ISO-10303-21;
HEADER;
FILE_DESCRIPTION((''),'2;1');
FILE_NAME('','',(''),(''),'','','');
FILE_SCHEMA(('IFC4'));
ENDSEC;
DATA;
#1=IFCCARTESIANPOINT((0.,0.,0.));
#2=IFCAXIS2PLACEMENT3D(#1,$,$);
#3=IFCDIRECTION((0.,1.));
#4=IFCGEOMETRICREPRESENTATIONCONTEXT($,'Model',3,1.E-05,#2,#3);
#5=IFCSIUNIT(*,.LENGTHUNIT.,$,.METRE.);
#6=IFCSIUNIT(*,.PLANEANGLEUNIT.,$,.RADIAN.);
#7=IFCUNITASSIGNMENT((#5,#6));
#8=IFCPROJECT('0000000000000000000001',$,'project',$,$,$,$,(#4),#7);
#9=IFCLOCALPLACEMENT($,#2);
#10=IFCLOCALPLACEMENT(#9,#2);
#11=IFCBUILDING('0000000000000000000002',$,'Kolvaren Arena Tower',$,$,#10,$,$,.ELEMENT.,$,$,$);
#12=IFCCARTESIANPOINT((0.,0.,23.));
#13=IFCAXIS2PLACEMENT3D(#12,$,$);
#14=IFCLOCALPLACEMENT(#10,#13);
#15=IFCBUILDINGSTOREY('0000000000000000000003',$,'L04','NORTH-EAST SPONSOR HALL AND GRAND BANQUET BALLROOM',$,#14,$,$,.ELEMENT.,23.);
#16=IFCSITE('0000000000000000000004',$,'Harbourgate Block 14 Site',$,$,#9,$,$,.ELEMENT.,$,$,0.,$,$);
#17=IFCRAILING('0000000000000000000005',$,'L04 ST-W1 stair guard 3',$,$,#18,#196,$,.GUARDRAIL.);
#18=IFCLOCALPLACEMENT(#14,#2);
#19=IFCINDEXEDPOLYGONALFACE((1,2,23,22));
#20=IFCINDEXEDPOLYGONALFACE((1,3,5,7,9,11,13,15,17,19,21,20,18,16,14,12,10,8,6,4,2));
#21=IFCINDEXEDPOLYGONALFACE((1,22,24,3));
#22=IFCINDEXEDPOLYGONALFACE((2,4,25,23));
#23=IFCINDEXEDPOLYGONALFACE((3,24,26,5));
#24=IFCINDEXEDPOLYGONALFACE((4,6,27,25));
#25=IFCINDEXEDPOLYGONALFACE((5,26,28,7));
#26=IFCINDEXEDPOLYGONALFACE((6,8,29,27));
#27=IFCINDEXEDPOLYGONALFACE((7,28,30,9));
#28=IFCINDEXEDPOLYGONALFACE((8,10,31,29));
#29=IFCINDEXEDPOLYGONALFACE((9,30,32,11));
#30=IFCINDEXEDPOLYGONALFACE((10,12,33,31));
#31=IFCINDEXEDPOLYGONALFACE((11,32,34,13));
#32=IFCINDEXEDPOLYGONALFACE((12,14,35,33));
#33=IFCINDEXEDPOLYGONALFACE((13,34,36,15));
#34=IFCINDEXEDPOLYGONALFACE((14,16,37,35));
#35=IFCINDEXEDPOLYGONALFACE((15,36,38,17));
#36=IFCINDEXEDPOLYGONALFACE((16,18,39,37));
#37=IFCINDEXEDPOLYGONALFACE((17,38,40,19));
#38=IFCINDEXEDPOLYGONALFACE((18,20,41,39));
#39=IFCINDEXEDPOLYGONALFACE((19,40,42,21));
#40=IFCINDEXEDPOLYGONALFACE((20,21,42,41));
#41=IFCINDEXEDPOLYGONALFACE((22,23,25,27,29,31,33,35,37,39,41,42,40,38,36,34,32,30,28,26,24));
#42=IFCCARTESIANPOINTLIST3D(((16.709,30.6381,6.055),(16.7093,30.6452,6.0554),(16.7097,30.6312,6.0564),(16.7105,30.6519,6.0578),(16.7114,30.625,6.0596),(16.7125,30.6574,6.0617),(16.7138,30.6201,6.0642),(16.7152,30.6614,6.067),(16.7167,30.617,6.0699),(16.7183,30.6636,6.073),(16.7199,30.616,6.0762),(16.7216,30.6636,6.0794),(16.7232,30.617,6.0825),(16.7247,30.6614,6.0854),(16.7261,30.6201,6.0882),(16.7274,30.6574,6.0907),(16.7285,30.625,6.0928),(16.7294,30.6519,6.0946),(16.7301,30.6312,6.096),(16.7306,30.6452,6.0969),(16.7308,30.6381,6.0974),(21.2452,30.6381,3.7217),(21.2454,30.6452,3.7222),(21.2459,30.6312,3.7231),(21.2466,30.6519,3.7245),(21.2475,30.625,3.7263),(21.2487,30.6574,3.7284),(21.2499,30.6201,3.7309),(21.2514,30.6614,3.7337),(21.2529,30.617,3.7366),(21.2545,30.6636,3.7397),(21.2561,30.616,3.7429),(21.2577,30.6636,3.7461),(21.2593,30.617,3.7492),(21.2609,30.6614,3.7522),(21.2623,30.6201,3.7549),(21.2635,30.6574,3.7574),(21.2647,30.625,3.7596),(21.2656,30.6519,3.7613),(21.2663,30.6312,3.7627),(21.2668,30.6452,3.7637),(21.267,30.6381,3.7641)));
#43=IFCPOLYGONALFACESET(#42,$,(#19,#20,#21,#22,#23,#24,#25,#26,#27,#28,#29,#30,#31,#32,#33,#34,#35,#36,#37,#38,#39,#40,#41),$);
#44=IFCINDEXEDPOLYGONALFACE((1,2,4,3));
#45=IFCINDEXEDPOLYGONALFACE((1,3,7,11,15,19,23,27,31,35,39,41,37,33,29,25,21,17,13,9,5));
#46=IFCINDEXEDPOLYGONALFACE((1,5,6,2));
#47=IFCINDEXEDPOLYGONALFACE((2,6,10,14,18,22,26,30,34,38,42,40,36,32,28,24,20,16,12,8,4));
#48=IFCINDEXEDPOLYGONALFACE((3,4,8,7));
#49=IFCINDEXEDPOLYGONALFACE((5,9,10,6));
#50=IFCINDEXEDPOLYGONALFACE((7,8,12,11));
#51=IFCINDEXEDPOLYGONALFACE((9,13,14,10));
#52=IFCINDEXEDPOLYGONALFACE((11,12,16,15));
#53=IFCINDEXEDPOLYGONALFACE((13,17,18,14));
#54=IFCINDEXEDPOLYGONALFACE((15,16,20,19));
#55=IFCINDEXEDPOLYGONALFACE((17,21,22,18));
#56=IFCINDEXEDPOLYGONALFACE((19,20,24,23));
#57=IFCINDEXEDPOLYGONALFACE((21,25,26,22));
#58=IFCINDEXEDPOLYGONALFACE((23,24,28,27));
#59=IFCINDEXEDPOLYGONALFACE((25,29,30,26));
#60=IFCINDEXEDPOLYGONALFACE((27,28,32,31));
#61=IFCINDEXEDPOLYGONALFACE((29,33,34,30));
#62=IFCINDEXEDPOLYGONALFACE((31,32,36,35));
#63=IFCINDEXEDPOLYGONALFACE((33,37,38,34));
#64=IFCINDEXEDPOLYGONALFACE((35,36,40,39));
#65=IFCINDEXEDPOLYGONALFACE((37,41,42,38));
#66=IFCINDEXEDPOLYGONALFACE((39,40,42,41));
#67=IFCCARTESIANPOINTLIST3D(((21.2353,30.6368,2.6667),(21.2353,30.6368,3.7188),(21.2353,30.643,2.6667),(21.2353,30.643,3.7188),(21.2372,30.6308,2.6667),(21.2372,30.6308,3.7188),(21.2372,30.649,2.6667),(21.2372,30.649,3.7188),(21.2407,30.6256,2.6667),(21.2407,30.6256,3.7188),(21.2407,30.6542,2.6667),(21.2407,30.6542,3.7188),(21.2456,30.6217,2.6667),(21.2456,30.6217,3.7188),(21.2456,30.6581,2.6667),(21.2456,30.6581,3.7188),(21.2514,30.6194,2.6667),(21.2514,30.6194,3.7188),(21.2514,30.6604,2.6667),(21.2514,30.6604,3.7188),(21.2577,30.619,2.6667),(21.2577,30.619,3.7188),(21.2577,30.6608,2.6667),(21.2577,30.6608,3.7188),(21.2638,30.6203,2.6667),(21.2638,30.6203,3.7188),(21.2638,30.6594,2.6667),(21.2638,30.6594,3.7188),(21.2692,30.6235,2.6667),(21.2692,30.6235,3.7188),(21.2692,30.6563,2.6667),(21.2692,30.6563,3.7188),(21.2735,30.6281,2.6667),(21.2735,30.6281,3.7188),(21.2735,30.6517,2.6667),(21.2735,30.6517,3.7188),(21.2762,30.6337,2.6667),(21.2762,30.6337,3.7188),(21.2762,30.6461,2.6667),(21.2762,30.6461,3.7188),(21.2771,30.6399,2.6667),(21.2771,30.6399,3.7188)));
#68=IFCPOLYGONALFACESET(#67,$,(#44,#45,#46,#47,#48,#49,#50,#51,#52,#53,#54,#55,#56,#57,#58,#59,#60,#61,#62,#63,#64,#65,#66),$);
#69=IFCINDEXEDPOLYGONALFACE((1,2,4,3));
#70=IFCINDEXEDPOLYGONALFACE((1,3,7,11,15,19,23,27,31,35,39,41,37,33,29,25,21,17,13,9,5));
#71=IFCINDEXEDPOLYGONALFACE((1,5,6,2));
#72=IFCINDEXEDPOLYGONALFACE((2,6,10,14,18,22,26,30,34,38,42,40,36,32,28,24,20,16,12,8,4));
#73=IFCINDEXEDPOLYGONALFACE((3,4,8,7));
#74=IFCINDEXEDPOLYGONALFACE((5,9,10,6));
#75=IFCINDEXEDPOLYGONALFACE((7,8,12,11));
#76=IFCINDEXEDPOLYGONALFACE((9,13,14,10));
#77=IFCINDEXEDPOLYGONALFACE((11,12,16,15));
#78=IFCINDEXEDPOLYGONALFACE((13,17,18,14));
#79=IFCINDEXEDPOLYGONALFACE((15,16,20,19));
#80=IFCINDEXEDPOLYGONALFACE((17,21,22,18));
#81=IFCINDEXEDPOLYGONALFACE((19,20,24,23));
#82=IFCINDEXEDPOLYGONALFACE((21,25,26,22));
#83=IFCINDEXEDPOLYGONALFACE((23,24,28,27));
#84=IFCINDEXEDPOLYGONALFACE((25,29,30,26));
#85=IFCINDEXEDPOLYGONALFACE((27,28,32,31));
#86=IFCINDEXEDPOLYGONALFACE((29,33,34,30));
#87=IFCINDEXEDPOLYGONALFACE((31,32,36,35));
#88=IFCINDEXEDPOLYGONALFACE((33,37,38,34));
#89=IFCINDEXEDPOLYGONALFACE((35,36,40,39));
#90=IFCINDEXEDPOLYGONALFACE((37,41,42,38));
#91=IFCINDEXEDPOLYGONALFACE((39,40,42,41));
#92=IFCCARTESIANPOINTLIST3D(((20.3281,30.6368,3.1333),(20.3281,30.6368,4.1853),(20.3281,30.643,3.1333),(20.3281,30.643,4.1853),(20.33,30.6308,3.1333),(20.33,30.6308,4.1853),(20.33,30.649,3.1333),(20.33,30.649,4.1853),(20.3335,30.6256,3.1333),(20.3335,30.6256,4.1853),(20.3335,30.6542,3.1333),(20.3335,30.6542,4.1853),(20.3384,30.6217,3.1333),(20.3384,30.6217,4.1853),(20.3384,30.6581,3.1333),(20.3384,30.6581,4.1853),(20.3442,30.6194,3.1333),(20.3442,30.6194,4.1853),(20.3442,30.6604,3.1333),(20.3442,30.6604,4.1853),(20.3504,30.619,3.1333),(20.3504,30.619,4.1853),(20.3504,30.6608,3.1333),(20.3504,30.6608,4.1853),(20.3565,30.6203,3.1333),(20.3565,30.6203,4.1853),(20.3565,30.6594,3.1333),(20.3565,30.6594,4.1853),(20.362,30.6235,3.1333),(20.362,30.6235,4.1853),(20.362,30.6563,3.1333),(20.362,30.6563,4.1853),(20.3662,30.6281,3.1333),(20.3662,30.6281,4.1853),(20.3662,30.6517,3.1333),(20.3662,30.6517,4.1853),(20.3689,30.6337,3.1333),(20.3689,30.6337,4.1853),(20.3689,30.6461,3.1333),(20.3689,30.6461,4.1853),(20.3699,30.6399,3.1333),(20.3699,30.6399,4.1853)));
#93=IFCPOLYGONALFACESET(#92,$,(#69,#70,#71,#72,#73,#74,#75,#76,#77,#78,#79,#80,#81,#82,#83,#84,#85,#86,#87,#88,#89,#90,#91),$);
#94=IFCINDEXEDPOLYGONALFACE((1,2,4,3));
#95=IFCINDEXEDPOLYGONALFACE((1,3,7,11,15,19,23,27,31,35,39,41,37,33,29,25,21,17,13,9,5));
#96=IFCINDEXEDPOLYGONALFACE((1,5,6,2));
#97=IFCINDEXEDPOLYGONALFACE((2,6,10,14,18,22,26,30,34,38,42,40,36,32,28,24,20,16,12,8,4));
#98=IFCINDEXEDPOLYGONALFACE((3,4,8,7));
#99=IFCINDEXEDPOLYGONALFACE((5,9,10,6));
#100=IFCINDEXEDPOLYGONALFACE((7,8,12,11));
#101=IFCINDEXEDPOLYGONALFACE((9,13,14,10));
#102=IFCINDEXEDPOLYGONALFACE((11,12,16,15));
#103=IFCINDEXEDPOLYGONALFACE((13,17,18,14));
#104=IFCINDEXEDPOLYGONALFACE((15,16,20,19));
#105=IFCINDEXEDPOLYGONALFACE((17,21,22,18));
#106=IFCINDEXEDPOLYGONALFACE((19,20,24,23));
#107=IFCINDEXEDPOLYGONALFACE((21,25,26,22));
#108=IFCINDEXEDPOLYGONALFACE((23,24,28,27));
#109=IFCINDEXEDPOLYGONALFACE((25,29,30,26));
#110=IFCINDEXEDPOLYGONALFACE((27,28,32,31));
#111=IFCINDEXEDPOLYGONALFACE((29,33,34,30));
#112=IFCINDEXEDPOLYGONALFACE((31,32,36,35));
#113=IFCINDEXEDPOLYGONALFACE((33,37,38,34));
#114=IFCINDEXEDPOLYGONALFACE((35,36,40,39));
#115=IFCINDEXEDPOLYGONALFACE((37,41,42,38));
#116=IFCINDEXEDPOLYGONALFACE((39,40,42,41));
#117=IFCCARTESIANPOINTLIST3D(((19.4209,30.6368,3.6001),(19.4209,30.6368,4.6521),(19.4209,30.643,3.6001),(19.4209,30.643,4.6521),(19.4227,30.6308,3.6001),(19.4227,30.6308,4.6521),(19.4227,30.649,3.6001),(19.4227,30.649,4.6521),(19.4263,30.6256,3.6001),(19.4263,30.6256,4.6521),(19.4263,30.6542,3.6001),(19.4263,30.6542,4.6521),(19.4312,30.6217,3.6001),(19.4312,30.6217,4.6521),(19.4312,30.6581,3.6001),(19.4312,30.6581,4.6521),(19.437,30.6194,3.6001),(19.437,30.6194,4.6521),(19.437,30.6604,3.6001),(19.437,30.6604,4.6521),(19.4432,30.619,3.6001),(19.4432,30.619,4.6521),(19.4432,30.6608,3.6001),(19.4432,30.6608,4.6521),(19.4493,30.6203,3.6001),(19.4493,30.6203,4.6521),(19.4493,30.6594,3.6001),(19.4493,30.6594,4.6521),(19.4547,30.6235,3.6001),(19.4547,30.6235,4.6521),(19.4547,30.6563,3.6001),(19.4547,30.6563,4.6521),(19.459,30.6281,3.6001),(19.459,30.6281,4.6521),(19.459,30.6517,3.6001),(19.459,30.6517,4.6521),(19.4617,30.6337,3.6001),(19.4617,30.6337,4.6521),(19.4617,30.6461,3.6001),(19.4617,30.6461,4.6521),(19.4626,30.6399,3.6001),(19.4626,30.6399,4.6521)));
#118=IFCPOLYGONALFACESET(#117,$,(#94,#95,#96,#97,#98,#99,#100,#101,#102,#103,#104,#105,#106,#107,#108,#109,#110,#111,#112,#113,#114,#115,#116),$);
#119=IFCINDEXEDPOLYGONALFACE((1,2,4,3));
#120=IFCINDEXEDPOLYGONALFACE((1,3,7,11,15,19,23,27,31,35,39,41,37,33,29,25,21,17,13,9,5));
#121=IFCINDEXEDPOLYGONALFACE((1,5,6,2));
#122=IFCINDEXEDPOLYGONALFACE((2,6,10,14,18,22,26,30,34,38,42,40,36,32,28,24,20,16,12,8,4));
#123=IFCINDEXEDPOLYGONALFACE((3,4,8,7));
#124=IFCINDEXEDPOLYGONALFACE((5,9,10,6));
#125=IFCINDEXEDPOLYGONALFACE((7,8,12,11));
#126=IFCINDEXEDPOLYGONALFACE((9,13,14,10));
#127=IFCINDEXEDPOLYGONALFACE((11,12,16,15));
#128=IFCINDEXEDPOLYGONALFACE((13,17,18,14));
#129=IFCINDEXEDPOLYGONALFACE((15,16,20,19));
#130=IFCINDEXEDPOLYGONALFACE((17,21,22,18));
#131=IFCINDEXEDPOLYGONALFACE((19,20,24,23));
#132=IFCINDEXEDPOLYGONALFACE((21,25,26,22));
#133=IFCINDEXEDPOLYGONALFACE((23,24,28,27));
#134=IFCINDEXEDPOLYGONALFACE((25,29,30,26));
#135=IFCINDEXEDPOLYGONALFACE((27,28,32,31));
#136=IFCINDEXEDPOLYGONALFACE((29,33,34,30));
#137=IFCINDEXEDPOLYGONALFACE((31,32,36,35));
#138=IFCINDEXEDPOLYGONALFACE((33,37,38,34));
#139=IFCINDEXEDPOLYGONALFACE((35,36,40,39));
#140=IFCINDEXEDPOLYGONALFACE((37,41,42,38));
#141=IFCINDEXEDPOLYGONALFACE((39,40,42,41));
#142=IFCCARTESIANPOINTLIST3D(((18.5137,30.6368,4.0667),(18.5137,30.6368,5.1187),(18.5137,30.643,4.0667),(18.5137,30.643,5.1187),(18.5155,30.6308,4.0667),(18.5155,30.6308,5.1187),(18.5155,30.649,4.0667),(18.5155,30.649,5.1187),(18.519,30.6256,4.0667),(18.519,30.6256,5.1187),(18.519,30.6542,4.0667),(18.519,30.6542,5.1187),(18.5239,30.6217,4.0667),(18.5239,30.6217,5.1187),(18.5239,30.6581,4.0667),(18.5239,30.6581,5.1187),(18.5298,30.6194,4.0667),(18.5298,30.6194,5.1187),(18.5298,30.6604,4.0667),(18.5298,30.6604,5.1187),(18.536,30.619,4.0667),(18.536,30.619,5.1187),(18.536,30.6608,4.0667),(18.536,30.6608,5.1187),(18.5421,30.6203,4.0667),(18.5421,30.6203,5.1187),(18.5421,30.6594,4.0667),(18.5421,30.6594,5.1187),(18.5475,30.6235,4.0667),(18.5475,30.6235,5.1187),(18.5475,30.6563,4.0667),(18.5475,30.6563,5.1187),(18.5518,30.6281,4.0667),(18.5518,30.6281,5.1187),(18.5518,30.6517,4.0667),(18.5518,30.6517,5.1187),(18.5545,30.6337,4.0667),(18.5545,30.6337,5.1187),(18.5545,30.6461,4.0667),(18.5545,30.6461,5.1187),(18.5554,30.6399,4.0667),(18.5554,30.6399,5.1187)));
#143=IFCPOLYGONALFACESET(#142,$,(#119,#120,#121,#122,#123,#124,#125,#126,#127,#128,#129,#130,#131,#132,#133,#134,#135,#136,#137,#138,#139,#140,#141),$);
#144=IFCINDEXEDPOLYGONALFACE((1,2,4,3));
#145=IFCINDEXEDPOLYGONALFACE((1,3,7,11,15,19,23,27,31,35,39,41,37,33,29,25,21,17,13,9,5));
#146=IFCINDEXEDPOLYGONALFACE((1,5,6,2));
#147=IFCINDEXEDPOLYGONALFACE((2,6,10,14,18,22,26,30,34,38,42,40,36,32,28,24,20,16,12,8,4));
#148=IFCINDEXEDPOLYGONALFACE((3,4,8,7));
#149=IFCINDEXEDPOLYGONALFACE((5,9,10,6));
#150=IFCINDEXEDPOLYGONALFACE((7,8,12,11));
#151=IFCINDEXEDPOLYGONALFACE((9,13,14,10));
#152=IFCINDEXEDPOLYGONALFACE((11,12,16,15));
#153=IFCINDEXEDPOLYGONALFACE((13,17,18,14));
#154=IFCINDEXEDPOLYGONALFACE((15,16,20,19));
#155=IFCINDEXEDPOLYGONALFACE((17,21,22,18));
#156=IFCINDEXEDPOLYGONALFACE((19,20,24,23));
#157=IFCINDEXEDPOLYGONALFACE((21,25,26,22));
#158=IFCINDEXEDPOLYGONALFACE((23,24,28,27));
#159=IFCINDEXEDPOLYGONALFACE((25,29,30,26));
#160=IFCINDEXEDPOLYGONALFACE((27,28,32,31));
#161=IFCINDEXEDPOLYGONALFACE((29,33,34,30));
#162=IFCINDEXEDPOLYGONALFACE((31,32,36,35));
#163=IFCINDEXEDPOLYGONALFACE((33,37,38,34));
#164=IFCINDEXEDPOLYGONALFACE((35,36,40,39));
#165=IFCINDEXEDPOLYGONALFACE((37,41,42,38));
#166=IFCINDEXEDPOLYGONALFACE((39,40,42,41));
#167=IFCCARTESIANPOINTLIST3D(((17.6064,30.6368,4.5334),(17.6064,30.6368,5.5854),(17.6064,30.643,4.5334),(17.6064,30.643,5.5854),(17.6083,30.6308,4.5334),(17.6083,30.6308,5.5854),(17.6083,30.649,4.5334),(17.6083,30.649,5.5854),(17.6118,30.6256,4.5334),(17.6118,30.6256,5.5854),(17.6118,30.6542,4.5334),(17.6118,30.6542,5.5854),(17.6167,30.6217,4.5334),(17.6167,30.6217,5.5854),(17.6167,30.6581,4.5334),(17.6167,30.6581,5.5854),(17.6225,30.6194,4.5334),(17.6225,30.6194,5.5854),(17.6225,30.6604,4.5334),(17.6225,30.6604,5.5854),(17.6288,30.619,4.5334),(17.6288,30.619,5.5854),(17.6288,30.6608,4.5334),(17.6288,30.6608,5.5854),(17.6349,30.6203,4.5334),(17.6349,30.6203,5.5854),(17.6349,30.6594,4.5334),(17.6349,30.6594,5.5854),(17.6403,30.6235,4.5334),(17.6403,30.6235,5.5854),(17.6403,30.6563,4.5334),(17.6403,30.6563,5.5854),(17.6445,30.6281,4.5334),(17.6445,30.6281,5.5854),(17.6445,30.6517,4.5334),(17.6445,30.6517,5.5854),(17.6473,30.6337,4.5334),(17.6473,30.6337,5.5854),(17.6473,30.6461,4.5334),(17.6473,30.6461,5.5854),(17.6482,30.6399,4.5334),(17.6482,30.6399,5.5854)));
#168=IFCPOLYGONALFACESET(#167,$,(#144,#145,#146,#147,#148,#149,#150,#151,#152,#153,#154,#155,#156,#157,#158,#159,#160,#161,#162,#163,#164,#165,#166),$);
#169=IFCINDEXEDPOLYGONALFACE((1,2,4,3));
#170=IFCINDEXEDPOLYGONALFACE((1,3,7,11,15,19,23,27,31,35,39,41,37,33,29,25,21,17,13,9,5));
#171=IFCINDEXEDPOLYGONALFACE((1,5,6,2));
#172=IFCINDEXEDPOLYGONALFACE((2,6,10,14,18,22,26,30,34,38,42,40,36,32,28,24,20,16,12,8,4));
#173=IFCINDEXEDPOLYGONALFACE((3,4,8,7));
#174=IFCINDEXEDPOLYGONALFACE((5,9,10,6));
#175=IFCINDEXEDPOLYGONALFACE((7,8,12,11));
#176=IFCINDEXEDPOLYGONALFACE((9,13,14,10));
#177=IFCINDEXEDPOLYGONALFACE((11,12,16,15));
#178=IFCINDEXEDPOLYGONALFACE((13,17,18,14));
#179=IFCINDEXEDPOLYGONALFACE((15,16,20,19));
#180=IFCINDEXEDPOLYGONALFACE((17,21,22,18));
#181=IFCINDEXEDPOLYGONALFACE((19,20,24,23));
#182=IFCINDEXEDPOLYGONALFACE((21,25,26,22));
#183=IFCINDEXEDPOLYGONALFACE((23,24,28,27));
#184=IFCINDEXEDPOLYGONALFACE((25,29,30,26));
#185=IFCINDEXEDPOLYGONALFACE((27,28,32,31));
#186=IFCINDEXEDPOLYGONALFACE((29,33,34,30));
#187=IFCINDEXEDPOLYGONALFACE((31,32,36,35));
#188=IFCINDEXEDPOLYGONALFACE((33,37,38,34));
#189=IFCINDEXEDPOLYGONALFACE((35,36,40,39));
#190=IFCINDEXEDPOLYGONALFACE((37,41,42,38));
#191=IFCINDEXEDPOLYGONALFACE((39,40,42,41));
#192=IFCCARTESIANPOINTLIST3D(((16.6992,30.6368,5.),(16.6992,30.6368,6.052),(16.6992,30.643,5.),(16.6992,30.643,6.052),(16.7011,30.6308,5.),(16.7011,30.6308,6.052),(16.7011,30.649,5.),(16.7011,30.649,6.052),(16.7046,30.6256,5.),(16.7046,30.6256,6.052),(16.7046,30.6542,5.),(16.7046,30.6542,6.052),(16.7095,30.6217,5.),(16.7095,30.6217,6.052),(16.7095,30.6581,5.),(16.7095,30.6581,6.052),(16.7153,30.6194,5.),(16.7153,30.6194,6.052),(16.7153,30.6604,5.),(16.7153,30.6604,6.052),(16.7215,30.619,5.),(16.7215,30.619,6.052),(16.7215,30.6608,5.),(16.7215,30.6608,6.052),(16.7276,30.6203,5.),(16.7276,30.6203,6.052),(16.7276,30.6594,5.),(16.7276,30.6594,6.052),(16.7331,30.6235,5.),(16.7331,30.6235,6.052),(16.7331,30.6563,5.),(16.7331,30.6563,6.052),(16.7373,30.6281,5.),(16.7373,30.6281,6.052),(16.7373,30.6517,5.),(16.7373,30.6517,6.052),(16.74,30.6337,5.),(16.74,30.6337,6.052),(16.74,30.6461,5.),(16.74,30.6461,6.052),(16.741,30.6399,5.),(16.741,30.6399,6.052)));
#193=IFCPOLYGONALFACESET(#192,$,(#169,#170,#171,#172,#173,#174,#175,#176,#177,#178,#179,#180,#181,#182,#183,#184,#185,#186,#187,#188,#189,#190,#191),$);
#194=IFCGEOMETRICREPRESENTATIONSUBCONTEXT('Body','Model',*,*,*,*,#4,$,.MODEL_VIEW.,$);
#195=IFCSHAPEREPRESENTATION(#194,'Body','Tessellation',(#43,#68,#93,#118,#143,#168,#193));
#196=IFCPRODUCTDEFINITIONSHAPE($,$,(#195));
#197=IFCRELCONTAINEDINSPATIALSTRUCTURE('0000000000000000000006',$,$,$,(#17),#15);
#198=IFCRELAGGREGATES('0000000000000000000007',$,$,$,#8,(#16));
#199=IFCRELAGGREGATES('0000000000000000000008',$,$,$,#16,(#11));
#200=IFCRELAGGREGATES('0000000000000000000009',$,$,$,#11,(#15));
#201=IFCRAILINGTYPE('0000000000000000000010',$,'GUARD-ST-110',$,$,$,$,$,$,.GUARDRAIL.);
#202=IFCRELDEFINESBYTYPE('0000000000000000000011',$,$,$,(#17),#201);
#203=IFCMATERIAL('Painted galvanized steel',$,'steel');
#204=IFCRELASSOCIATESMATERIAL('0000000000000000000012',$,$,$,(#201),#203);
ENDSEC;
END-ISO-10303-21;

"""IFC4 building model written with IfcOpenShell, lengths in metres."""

from ifc_helpers import new_model, si_unit, direction, frame, origin, origin_2d, place, context, subcontext, project, spatial, circle, extrude, material, type_object, element, save


model = new_model("IFC4")

# Units and contexts
model_context = context("Model", 3, precision=1e-05, world=origin(), true_north=direction((0.0, 1.0)))
body_context = subcontext(model_context, "Body", "Model", "MODEL_VIEW")
ifc_project = project(units=[si_unit("LENGTHUNIT", "METRE"), si_unit("PLANEANGLEUNIT", "RADIAN")], contexts=[model_context])

# Site, building, storey
site_placement = place(None, origin())
site = spatial("IfcSite", under=ifc_project, at=site_placement, Name="Harbourgate Block 14 Site", CompositionType="ELEMENT", RefElevation=0.0)
building_placement = place(site_placement, origin())
building = spatial("IfcBuilding", under=site, at=building_placement, Name="Kolvaren Arena Tower", CompositionType="ELEMENT")
storey_placement = place(building_placement, frame((0.0, 0.0, 23.0)))
storey = spatial("IfcBuildingStorey", under=building, at=storey_placement, Name="L04", Description="NORTH-EAST SPONSOR HALL AND GRAND BANQUET BALLROOM", CompositionType="ELEMENT", Elevation=23.0)

# Railing
ifc_material_1 = material(Name="Painted galvanized steel", Category="steel")
railing_type_1 = type_object("IfcRailingType", Name="GUARD-ST-110", PredefinedType="GUARDRAIL", material=ifc_material_1)
railing_1_placement = place(storey_placement, frame((21.2561, 30.6399, 2.6667)))
element("IfcRailing", 1, at=railing_1_placement, inside=storey, type_object=railing_type_1, Name="L04 ST-W1 stair guard 3", PredefinedType="GUARDRAIL", context=body_context, shape_type="SweptSolid", body=[
    extrude(circle(Radius=0.0239, at=origin_2d()), frame((0.0, 0.0, 1.0762), z_axis=(-0.889257, 0.0, 0.457407), x_axis=(0.0, -1.0, 0.0)), (0.0, 0.0, 1.0), 5.1011),
    extrude(circle(Radius=0.021, at=origin_2d()), origin(), (0.0, 0.0, 1.0), 1.052),
    extrude(circle(Radius=0.021, at=origin_2d()), frame((-0.9072, 0.0, 0.4666)), (0.0, 0.0, 1.0), 1.052),
    extrude(circle(Radius=0.021, at=origin_2d()), frame((-1.8145, 0.0, 0.9333)), (0.0, 0.0, 1.0), 1.052),
    extrude(circle(Radius=0.021, at=origin_2d()), frame((-2.7217, 0.0, 1.3999)), (0.0, 0.0, 1.0), 1.052),
    extrude(circle(Radius=0.021, at=origin_2d()), frame((-3.6289, 0.0, 1.8667)), (0.0, 0.0, 1.0), 1.052),
    extrude(circle(Radius=0.021, at=origin_2d()), frame((-4.5361, 0.0, 2.3333)), (0.0, 0.0, 1.0), 1.052),
])

save(model, "model.ifc")
